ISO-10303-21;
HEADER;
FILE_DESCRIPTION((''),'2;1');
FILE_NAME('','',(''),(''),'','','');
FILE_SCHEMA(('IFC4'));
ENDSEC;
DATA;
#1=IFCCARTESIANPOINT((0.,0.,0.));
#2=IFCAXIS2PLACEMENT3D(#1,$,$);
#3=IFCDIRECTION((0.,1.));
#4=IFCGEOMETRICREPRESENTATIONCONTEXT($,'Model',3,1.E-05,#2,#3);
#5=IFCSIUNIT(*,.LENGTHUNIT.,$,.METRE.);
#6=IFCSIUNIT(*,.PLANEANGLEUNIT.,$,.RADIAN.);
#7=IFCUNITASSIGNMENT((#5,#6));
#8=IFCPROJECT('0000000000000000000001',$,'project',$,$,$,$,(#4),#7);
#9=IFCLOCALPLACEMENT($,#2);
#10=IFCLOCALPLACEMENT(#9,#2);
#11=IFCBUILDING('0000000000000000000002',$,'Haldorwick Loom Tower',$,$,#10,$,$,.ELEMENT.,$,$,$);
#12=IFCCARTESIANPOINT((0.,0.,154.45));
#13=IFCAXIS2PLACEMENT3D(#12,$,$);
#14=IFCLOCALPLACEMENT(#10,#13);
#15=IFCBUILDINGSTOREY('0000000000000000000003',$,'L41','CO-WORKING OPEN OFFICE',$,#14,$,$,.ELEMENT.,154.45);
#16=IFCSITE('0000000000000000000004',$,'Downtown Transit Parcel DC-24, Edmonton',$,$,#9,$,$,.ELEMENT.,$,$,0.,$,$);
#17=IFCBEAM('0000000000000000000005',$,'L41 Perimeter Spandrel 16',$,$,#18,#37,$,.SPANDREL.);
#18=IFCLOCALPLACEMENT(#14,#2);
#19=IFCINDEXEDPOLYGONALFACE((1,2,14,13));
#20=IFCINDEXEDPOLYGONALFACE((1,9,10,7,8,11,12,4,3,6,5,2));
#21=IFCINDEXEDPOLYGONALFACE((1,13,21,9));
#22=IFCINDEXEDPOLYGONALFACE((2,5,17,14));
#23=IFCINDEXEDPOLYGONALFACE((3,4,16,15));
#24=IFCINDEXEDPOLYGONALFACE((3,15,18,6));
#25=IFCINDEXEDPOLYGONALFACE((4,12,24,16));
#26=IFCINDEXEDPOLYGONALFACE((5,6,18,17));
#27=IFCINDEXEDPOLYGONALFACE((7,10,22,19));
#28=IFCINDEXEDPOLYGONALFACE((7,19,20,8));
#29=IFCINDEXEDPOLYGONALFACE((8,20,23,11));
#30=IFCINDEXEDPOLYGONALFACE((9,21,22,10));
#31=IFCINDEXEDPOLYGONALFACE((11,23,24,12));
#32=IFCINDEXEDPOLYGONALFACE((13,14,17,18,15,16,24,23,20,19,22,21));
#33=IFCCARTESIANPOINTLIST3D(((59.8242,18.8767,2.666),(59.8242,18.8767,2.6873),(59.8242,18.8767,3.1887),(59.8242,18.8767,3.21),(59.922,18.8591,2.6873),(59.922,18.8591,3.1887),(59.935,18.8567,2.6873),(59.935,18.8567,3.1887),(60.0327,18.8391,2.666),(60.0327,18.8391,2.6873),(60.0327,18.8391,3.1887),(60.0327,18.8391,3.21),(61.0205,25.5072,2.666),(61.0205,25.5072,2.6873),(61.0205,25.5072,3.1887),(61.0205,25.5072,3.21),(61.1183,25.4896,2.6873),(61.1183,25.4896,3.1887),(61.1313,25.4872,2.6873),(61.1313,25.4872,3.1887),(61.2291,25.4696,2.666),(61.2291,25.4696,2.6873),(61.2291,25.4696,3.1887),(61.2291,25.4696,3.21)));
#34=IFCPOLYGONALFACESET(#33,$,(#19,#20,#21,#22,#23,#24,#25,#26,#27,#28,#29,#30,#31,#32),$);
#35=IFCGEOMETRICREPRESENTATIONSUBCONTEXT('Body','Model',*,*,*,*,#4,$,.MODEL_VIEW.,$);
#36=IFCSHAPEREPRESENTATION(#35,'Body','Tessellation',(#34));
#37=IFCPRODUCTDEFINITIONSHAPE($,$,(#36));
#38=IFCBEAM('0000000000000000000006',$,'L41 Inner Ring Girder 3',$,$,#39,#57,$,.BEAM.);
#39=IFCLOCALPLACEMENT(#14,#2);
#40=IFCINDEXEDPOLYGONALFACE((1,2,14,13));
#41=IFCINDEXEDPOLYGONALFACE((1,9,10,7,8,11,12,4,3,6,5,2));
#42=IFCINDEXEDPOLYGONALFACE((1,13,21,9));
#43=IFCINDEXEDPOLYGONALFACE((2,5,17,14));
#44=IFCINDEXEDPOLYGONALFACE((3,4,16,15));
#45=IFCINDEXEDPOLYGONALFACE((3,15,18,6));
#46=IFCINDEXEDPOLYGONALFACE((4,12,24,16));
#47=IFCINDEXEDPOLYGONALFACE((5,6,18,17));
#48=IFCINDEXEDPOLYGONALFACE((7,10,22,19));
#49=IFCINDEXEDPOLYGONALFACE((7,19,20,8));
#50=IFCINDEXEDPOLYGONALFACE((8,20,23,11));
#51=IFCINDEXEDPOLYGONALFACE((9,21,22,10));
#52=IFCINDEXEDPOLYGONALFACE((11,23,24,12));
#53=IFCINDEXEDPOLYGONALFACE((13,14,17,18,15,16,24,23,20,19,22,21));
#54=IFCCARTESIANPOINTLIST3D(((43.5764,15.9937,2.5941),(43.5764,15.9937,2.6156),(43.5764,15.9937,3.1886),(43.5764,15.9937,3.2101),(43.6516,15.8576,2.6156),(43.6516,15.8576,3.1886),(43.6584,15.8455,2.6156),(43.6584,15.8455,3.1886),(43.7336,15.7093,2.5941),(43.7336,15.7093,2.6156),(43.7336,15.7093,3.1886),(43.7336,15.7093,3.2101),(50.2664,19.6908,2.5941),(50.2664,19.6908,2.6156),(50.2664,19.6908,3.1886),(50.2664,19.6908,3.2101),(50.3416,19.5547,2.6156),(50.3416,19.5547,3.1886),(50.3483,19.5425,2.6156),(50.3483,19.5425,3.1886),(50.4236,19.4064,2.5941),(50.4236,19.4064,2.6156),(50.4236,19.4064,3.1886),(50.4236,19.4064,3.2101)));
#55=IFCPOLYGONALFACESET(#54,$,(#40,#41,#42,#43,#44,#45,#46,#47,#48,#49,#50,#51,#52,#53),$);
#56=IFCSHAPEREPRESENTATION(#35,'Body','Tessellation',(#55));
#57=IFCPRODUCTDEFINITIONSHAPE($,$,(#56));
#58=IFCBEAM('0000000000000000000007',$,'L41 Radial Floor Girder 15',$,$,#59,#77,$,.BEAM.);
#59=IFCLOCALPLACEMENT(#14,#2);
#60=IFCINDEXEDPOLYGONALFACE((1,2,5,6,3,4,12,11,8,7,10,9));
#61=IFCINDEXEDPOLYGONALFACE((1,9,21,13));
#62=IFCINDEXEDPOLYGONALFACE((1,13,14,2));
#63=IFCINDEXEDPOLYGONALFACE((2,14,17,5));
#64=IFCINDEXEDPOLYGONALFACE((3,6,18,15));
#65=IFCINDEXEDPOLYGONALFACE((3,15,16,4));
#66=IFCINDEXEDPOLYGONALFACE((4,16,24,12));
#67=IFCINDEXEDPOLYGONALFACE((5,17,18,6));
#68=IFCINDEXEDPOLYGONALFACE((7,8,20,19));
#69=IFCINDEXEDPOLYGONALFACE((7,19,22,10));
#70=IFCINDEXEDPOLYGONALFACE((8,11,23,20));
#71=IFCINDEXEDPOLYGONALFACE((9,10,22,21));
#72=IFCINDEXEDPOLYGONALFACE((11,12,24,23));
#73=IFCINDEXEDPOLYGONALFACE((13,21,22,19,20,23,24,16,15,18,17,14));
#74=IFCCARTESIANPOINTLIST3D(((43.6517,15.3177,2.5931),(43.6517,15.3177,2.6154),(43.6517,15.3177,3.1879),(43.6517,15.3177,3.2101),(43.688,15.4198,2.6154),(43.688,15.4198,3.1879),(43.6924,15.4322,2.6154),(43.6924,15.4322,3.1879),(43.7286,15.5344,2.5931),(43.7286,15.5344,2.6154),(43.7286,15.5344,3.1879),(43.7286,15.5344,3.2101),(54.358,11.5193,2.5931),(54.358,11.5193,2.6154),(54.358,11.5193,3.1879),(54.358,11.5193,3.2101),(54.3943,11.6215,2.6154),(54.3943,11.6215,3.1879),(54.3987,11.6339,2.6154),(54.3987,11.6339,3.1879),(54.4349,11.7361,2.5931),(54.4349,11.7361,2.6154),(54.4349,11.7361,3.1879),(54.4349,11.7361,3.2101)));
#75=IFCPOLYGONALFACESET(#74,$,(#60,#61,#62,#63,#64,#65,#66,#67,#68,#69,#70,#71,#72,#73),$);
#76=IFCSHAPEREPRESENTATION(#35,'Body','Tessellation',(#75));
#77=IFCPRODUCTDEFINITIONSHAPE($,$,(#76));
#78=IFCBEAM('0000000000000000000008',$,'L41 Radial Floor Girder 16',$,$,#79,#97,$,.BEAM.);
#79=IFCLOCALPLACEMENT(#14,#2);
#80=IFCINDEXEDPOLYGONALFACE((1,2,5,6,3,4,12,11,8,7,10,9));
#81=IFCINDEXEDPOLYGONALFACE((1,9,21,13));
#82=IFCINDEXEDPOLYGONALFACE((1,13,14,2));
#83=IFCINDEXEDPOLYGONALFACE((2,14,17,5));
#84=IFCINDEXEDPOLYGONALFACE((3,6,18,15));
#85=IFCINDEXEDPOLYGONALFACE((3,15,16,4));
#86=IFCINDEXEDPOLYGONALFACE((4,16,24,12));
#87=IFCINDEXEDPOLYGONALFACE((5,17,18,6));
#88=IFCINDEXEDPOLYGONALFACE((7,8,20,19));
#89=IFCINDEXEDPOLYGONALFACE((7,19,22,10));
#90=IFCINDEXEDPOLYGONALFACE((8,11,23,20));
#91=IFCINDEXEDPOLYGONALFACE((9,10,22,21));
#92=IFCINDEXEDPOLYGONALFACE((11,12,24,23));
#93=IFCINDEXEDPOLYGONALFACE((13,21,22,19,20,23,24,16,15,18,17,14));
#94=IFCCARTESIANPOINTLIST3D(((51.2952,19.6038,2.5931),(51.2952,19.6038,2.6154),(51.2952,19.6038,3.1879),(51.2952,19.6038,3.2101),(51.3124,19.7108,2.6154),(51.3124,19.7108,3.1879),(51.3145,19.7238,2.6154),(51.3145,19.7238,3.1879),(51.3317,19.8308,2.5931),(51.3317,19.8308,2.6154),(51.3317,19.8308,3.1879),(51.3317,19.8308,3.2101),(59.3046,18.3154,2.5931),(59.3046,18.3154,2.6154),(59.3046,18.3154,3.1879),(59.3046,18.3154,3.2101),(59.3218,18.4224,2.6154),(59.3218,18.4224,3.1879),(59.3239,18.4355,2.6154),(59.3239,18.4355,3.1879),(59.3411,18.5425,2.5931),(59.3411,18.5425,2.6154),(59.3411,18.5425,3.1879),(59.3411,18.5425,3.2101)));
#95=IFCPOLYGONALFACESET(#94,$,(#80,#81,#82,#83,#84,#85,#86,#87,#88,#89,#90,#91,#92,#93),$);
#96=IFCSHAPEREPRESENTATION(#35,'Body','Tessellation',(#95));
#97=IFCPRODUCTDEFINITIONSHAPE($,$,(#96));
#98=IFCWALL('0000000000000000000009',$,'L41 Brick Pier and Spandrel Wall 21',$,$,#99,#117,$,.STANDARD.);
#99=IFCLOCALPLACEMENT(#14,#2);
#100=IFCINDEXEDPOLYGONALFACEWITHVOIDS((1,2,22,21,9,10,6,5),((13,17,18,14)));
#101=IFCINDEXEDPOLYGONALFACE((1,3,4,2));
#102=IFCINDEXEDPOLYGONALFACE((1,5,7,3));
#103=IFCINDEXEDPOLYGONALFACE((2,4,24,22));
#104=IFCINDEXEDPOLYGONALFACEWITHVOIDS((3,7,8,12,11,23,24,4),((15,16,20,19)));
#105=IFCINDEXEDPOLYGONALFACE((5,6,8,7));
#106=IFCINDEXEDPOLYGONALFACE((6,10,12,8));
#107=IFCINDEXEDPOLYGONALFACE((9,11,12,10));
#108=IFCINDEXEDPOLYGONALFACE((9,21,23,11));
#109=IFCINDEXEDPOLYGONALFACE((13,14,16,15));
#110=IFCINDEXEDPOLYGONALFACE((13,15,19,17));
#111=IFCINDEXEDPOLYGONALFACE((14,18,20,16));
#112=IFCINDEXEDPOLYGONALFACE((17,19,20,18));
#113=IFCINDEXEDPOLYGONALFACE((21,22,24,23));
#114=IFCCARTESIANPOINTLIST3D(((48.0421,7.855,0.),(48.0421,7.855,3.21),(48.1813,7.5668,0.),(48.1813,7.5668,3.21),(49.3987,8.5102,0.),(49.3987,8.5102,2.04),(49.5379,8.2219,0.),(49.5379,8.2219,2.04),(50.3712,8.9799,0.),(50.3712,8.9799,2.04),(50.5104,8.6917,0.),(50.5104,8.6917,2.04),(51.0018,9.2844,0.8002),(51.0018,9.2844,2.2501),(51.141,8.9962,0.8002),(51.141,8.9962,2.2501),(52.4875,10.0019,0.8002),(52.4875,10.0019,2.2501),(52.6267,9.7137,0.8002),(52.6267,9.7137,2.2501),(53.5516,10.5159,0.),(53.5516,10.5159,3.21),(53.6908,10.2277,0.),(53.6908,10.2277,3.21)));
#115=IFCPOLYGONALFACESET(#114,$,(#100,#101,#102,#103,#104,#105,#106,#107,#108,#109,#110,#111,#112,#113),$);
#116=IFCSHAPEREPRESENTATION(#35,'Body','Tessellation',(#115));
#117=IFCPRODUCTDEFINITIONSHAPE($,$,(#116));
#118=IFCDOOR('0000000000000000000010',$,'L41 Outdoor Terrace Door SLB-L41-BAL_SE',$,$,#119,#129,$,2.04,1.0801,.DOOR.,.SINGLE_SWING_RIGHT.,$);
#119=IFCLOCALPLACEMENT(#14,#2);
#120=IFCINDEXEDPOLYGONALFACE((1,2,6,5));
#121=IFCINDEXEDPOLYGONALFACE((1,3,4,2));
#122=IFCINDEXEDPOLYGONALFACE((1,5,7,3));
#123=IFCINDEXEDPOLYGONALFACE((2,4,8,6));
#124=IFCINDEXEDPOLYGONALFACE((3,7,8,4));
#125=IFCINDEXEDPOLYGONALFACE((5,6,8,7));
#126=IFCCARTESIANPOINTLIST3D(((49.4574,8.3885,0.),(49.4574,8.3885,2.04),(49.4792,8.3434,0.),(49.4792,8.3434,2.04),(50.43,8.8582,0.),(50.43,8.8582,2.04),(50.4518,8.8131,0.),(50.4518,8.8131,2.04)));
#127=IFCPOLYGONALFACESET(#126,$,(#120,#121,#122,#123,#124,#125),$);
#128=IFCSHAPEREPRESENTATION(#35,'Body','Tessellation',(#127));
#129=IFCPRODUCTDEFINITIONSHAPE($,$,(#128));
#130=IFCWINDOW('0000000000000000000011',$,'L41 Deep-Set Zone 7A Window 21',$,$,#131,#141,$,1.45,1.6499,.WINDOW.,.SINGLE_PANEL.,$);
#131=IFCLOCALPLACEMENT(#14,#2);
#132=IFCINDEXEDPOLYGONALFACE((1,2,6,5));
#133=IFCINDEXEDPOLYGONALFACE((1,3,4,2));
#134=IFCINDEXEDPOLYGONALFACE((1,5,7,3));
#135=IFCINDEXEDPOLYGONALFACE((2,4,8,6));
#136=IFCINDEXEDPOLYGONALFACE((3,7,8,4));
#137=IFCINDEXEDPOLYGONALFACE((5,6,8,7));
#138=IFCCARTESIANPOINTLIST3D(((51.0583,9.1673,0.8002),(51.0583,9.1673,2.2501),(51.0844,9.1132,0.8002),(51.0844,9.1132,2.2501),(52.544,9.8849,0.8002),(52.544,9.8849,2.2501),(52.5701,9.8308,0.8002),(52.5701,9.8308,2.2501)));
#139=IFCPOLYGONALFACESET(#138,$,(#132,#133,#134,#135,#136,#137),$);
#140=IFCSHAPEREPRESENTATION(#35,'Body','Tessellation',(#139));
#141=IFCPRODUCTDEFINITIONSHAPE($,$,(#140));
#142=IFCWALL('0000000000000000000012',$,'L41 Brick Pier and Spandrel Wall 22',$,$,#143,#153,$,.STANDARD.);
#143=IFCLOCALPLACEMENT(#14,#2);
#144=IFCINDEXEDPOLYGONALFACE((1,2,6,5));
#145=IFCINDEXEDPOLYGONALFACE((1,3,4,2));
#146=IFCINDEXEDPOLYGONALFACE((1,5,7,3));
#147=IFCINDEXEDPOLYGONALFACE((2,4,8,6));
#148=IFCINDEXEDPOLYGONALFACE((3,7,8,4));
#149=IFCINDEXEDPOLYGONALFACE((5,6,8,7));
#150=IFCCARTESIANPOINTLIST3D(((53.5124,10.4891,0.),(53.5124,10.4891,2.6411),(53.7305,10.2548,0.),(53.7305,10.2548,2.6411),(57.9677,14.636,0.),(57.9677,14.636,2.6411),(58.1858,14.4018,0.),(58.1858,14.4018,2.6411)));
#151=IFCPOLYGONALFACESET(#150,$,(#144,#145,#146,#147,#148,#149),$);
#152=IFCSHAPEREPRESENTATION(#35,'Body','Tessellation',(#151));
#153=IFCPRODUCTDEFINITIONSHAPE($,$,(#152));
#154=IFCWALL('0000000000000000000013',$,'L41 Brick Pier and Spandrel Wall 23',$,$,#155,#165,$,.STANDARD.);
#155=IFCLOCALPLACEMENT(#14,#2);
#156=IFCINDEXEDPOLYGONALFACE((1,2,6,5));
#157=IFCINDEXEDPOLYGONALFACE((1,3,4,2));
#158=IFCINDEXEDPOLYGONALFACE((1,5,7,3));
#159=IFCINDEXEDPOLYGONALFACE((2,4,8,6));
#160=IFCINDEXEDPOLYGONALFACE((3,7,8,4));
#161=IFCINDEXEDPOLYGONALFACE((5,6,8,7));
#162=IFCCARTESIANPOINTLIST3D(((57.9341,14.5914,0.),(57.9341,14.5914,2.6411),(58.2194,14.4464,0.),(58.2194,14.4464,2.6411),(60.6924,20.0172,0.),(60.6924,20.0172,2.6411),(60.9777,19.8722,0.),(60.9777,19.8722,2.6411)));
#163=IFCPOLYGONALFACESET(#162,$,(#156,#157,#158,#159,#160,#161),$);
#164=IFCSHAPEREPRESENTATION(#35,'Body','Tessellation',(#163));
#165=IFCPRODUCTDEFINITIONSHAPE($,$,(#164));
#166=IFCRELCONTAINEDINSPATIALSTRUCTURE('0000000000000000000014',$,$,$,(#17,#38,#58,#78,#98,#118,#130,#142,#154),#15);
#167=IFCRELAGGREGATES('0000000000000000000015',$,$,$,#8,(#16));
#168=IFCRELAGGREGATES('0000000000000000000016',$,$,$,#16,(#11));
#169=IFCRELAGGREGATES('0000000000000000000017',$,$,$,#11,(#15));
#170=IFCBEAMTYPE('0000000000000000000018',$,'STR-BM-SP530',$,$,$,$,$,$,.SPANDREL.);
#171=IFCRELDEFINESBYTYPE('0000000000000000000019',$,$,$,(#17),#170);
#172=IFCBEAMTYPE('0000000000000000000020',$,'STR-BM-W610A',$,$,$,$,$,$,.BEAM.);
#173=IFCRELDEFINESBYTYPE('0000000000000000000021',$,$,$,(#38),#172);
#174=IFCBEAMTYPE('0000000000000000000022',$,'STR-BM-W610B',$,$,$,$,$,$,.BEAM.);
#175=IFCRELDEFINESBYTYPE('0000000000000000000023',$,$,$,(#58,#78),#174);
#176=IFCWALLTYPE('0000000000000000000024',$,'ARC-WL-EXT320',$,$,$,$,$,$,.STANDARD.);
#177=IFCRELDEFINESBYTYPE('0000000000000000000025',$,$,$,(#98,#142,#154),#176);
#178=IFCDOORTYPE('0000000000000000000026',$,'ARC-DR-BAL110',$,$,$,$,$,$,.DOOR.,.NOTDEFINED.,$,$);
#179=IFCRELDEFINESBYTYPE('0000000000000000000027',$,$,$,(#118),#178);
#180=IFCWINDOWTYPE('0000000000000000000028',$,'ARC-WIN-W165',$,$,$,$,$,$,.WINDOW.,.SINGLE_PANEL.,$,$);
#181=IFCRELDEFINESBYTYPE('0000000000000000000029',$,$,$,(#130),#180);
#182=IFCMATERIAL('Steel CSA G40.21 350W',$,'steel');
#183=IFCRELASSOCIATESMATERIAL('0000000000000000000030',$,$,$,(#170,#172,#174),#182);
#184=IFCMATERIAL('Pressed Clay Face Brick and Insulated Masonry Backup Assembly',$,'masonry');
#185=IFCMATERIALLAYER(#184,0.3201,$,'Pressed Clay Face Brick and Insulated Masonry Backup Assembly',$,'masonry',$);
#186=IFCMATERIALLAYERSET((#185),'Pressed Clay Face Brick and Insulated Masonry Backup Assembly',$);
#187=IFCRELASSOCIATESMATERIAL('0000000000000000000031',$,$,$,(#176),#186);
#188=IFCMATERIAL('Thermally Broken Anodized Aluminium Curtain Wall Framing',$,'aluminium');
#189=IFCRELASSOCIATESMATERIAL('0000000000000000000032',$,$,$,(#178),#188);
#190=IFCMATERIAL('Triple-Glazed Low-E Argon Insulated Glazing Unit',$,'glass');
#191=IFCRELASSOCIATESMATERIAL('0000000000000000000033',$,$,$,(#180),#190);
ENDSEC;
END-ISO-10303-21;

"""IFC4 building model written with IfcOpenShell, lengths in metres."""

from ifc_helpers import new_model, si_unit, direction, frame, frame_2d, origin, origin_2d, place, context, subcontext, project, spatial, rectangle, i_section, extrude, material, layer, layer_set, material_profile, profile_set, type_object, element, fill, save


model = new_model("IFC4")

# Units and contexts
model_context = context("Model", 3, precision=1e-05, world=origin(), true_north=direction((0.0, 1.0)))
body_context = subcontext(model_context, "Body", "Model", "MODEL_VIEW")
ifc_project = project(units=[si_unit("LENGTHUNIT", "METRE"), si_unit("PLANEANGLEUNIT", "RADIAN")], contexts=[model_context])

# Site, building, storey
site_placement = place(None, origin())
site = spatial("IfcSite", under=ifc_project, at=site_placement, Name="Downtown Transit Parcel DC-24, Edmonton", CompositionType="ELEMENT", RefElevation=0.0)
building_placement = place(site_placement, origin())
building = spatial("IfcBuilding", under=site, at=building_placement, Name="Haldorwick Loom Tower", CompositionType="ELEMENT")
storey_placement = place(building_placement, frame((0.0, 0.0, 154.45)))
storey = spatial("IfcBuildingStorey", under=building, at=storey_placement, Name="L41", Description="CO-WORKING OPEN OFFICE", CompositionType="ELEMENT", Elevation=154.45)

# Beams
ifc_material_1 = material(Name="Steel CSA G40.21 350W", Category="steel")
ifc_material_profile_1 = material_profile(ifc_material_1, i_section(OverallWidth=0.2119, OverallDepth=0.5439, WebThickness=0.0132, FlangeThickness=0.0212, at=origin_2d()), Name="W530X123", Category="steel")
ifc_profile_set_1 = profile_set([ifc_material_profile_1], Name="Steel CSA G40.21 350W")
beam_type_1 = type_object("IfcBeamType", Name="STR-BM-SP530", PredefinedType="SPANDREL", material=ifc_profile_set_1)
beam_1_placement = place(storey_placement, frame((59.9285, 18.8579, 2.938), z_axis=(0.177559, 0.98411, 0.0), x_axis=(-0.98411, 0.177559, 0.0)))
element("IfcBeam", 1, at=beam_1_placement, inside=storey, type_object=beam_type_1, Name="L41 Perimeter Spandrel 16", PredefinedType="SPANDREL", context=body_context, shape_type="SweptSolid", body=[
    extrude(i_section(OverallWidth=0.2119, OverallDepth=0.5439, WebThickness=0.0132, FlangeThickness=0.0212, at=origin_2d()), origin(), (0.0, 0.0, 1.0), 6.7375),
])
ifc_material_profile_2 = material_profile(ifc_material_1, i_section(OverallWidth=0.325, OverallDepth=0.616, WebThickness=0.0139, FlangeThickness=0.0215, at=origin_2d()), Name="W610X174", Category="steel")
ifc_profile_set_2 = profile_set([ifc_material_profile_2], Name="Steel CSA G40.21 350W")
beam_type_2 = type_object("IfcBeamType", Name="STR-BM-W610A", PredefinedType="BEAM", material=ifc_profile_set_2)
beam_2_placement = place(storey_placement, frame((50.345, 19.5486, 2.9021), z_axis=(-0.875244, -0.483681, 0.0), x_axis=(0.483681, -0.875244, 0.0)))
element("IfcBeam", 2, at=beam_2_placement, inside=storey, type_object=beam_type_2, Name="L41 Inner Ring Girder 3", PredefinedType="BEAM", context=body_context, shape_type="SweptSolid", body=[
    extrude(i_section(OverallWidth=0.325, OverallDepth=0.616, WebThickness=0.0139, FlangeThickness=0.0215, at=origin_2d()), origin(), (0.0, 0.0, 1.0), 7.6436),
])
ifc_material_profile_3 = material_profile(ifc_material_1, i_section(OverallWidth=0.23, OverallDepth=0.6169, WebThickness=0.0132, FlangeThickness=0.0222, at=origin_2d()), Name="W610X140", Category="steel")
ifc_profile_set_3 = profile_set([ifc_material_profile_3], Name="Steel CSA G40.21 350W")
beam_type_3 = type_object("IfcBeamType", Name="STR-BM-W610B", PredefinedType="BEAM", material=ifc_profile_set_3)
beam_3_placement = place(storey_placement, frame((43.6902, 15.426, 2.9016), z_axis=(0.942446, -0.334358, 0.0), x_axis=(0.334358, 0.942446, 0.0)))
element("IfcBeam", 3, at=beam_3_placement, inside=storey, type_object=beam_type_3, Name="L41 Radial Floor Girder 15", PredefinedType="BEAM", context=body_context, shape_type="SweptSolid", body=[
    extrude(i_section(OverallWidth=0.23, OverallDepth=0.6169, WebThickness=0.0132, FlangeThickness=0.0222, at=origin_2d()), origin(), (0.0, 0.0, 1.0), 11.3601),
])
beam_4_placement = place(storey_placement, frame((51.3135, 19.7173, 2.9016), z_axis=(0.987309, -0.158813, 0.0), x_axis=(0.158813, 0.987309, 0.0)))
element("IfcBeam", 4, at=beam_4_placement, inside=storey, type_object=beam_type_3, Name="L41 Radial Floor Girder 16", PredefinedType="BEAM", context=body_context, shape_type="SweptSolid", body=[
    extrude(i_section(OverallWidth=0.23, OverallDepth=0.6169, WebThickness=0.0132, FlangeThickness=0.0222, at=origin_2d()), origin(), (0.0, 0.0, 1.0), 8.1123),
])

# Wall, openings, door, window
ifc_material_2 = material(Name="Pressed Clay Face Brick and Insulated Masonry Backup Assembly", Category="masonry")
ifc_layer_1 = layer(ifc_material_2, 0.3201, Name="Pressed Clay Face Brick and Insulated Masonry Backup Assembly", Category="masonry")
ifc_layer_set_1 = layer_set([ifc_layer_1], Name="Pressed Clay Face Brick and Insulated Masonry Backup Assembly")
wall_type_1 = type_object("IfcWallType", Name="ARC-WL-EXT320", PredefinedType="STANDARD", material=ifc_layer_set_1)
wall_1_placement = place(storey_placement, frame((48.1118, 7.7109, 0.0), z_axis=(0.0, 0.0, 1.0), x_axis=(0.90048, 0.434897, 0.0)))
wall_1 = element("IfcWall", 5, at=wall_1_placement, inside=storey, type_object=wall_type_1, Name="L41 Brick Pier and Spandrel Wall 21", PredefinedType="STANDARD", context=body_context, shape_type="SweptSolid", body=[
    extrude(rectangle(XDim=6.1184, YDim=0.3201, at=frame_2d((3.0591, 0.0))), origin(), (0.0, 0.0, 1.0), 3.21),
])
opening_1_placement = place(wall_1_placement, frame((1.5063, 0.0, 0.0)))
opening_1 = element("IfcOpeningElement", 6, at=opening_1_placement, cuts=wall_1, PredefinedType="OPENING", context=body_context, shape_type="SweptSolid", body=[
    extrude(rectangle(XDim=1.0801, YDim=2.04, at=frame_2d((0.54, 1.02))), frame((0.0, 0.1699, 0.0), z_axis=(0.0, -1.0, 0.0), x_axis=(1.0, 0.0, 0.0)), (0.0, 0.0, 1.0), 0.3401),
])
opening_2_placement = place(wall_1_placement, frame((3.2866, 0.0, 0.8)))
opening_2 = element("IfcOpeningElement", 7, at=opening_2_placement, cuts=wall_1, PredefinedType="OPENING", context=body_context, shape_type="SweptSolid", body=[
    extrude(rectangle(XDim=1.6499, YDim=1.45, at=frame_2d((0.825, 0.7251))), frame((0.0, 0.1699, 0.0), z_axis=(0.0, -1.0, 0.0), x_axis=(1.0, 0.0, 0.0)), (0.0, 0.0, 1.0), 0.3401),
])
ifc_material_3 = material(Name="Thermally Broken Anodized Aluminium Curtain Wall Framing", Category="aluminium")
door_type_1 = type_object("IfcDoorType", Name="ARC-DR-BAL110", OperationType="NOTDEFINED", PredefinedType="DOOR", material=ifc_material_3)
door_1_placement = place(opening_1_placement, origin())
door_1 = element("IfcDoor", 8, at=door_1_placement, inside=storey, type_object=door_type_1, Name="L41 Outdoor Terrace Door SLB-L41-BAL_SE", OperationType="SINGLE_SWING_RIGHT", OverallHeight=2.04, OverallWidth=1.0801, PredefinedType="DOOR", context=body_context, shape_type="SweptSolid", body=[
    extrude(rectangle(XDim=1.0801, YDim=2.04, at=frame_2d((0.54, 1.02))), frame((0.0, 0.0249, 0.0), z_axis=(0.0, -1.0, 0.0), x_axis=(1.0, 0.0, 0.0)), (0.0, 0.0, 1.0), 0.05),
])
fill(opening_1, door_1)
ifc_material_4 = material(Name="Triple-Glazed Low-E Argon Insulated Glazing Unit", Category="glass")
window_type = type_object("IfcWindowType", Name="ARC-WIN-W165", PartitioningType="SINGLE_PANEL", PredefinedType="WINDOW", material=ifc_material_4)
window_1_placement = place(opening_2_placement, origin())
window_1 = element("IfcWindow", 9, at=window_1_placement, inside=storey, type_object=window_type, Name="L41 Deep-Set Zone 7A Window 21", OverallHeight=1.45, OverallWidth=1.6499, PartitioningType="SINGLE_PANEL", PredefinedType="WINDOW", context=body_context, shape_type="SweptSolid", body=[
    extrude(rectangle(XDim=1.6499, YDim=1.45, at=frame_2d((0.825, 0.7251))), frame((0.0, 0.03, 0.0), z_axis=(0.0, -1.0, 0.0), x_axis=(1.0, 0.0, 0.0)), (0.0, 0.0, 1.0), 0.0601),
])
fill(opening_2, window_1)

# Walls
for number, where, z_axis, x_axis, name in (
    (10, (53.6213, 10.3718, 0.0), (0.0, 0.0, 1.0), (0.731983, 0.681323, 0.0), "L41 Brick Pier and Spandrel Wall 22"),
    (11, (58.0767, 14.5188, 0.0), (0.0, 0.0, 1.0), (0.453172, 0.891423, 0.0), "L41 Brick Pier and Spandrel Wall 23"),
):
    element("IfcWall", number, at=place(storey_placement, frame(where, z_axis=z_axis, x_axis=x_axis)), inside=storey, type_object=wall_type_1, Name=name, PredefinedType="STANDARD", context=body_context, shape_type="SweptSolid", body=[
        extrude(rectangle(XDim=6.0867, YDim=0.3201, at=frame_2d((3.0435, 0.0))), origin(), (0.0, 0.0, 1.0), 2.6411),
    ])

save(model, "model.ifc")
